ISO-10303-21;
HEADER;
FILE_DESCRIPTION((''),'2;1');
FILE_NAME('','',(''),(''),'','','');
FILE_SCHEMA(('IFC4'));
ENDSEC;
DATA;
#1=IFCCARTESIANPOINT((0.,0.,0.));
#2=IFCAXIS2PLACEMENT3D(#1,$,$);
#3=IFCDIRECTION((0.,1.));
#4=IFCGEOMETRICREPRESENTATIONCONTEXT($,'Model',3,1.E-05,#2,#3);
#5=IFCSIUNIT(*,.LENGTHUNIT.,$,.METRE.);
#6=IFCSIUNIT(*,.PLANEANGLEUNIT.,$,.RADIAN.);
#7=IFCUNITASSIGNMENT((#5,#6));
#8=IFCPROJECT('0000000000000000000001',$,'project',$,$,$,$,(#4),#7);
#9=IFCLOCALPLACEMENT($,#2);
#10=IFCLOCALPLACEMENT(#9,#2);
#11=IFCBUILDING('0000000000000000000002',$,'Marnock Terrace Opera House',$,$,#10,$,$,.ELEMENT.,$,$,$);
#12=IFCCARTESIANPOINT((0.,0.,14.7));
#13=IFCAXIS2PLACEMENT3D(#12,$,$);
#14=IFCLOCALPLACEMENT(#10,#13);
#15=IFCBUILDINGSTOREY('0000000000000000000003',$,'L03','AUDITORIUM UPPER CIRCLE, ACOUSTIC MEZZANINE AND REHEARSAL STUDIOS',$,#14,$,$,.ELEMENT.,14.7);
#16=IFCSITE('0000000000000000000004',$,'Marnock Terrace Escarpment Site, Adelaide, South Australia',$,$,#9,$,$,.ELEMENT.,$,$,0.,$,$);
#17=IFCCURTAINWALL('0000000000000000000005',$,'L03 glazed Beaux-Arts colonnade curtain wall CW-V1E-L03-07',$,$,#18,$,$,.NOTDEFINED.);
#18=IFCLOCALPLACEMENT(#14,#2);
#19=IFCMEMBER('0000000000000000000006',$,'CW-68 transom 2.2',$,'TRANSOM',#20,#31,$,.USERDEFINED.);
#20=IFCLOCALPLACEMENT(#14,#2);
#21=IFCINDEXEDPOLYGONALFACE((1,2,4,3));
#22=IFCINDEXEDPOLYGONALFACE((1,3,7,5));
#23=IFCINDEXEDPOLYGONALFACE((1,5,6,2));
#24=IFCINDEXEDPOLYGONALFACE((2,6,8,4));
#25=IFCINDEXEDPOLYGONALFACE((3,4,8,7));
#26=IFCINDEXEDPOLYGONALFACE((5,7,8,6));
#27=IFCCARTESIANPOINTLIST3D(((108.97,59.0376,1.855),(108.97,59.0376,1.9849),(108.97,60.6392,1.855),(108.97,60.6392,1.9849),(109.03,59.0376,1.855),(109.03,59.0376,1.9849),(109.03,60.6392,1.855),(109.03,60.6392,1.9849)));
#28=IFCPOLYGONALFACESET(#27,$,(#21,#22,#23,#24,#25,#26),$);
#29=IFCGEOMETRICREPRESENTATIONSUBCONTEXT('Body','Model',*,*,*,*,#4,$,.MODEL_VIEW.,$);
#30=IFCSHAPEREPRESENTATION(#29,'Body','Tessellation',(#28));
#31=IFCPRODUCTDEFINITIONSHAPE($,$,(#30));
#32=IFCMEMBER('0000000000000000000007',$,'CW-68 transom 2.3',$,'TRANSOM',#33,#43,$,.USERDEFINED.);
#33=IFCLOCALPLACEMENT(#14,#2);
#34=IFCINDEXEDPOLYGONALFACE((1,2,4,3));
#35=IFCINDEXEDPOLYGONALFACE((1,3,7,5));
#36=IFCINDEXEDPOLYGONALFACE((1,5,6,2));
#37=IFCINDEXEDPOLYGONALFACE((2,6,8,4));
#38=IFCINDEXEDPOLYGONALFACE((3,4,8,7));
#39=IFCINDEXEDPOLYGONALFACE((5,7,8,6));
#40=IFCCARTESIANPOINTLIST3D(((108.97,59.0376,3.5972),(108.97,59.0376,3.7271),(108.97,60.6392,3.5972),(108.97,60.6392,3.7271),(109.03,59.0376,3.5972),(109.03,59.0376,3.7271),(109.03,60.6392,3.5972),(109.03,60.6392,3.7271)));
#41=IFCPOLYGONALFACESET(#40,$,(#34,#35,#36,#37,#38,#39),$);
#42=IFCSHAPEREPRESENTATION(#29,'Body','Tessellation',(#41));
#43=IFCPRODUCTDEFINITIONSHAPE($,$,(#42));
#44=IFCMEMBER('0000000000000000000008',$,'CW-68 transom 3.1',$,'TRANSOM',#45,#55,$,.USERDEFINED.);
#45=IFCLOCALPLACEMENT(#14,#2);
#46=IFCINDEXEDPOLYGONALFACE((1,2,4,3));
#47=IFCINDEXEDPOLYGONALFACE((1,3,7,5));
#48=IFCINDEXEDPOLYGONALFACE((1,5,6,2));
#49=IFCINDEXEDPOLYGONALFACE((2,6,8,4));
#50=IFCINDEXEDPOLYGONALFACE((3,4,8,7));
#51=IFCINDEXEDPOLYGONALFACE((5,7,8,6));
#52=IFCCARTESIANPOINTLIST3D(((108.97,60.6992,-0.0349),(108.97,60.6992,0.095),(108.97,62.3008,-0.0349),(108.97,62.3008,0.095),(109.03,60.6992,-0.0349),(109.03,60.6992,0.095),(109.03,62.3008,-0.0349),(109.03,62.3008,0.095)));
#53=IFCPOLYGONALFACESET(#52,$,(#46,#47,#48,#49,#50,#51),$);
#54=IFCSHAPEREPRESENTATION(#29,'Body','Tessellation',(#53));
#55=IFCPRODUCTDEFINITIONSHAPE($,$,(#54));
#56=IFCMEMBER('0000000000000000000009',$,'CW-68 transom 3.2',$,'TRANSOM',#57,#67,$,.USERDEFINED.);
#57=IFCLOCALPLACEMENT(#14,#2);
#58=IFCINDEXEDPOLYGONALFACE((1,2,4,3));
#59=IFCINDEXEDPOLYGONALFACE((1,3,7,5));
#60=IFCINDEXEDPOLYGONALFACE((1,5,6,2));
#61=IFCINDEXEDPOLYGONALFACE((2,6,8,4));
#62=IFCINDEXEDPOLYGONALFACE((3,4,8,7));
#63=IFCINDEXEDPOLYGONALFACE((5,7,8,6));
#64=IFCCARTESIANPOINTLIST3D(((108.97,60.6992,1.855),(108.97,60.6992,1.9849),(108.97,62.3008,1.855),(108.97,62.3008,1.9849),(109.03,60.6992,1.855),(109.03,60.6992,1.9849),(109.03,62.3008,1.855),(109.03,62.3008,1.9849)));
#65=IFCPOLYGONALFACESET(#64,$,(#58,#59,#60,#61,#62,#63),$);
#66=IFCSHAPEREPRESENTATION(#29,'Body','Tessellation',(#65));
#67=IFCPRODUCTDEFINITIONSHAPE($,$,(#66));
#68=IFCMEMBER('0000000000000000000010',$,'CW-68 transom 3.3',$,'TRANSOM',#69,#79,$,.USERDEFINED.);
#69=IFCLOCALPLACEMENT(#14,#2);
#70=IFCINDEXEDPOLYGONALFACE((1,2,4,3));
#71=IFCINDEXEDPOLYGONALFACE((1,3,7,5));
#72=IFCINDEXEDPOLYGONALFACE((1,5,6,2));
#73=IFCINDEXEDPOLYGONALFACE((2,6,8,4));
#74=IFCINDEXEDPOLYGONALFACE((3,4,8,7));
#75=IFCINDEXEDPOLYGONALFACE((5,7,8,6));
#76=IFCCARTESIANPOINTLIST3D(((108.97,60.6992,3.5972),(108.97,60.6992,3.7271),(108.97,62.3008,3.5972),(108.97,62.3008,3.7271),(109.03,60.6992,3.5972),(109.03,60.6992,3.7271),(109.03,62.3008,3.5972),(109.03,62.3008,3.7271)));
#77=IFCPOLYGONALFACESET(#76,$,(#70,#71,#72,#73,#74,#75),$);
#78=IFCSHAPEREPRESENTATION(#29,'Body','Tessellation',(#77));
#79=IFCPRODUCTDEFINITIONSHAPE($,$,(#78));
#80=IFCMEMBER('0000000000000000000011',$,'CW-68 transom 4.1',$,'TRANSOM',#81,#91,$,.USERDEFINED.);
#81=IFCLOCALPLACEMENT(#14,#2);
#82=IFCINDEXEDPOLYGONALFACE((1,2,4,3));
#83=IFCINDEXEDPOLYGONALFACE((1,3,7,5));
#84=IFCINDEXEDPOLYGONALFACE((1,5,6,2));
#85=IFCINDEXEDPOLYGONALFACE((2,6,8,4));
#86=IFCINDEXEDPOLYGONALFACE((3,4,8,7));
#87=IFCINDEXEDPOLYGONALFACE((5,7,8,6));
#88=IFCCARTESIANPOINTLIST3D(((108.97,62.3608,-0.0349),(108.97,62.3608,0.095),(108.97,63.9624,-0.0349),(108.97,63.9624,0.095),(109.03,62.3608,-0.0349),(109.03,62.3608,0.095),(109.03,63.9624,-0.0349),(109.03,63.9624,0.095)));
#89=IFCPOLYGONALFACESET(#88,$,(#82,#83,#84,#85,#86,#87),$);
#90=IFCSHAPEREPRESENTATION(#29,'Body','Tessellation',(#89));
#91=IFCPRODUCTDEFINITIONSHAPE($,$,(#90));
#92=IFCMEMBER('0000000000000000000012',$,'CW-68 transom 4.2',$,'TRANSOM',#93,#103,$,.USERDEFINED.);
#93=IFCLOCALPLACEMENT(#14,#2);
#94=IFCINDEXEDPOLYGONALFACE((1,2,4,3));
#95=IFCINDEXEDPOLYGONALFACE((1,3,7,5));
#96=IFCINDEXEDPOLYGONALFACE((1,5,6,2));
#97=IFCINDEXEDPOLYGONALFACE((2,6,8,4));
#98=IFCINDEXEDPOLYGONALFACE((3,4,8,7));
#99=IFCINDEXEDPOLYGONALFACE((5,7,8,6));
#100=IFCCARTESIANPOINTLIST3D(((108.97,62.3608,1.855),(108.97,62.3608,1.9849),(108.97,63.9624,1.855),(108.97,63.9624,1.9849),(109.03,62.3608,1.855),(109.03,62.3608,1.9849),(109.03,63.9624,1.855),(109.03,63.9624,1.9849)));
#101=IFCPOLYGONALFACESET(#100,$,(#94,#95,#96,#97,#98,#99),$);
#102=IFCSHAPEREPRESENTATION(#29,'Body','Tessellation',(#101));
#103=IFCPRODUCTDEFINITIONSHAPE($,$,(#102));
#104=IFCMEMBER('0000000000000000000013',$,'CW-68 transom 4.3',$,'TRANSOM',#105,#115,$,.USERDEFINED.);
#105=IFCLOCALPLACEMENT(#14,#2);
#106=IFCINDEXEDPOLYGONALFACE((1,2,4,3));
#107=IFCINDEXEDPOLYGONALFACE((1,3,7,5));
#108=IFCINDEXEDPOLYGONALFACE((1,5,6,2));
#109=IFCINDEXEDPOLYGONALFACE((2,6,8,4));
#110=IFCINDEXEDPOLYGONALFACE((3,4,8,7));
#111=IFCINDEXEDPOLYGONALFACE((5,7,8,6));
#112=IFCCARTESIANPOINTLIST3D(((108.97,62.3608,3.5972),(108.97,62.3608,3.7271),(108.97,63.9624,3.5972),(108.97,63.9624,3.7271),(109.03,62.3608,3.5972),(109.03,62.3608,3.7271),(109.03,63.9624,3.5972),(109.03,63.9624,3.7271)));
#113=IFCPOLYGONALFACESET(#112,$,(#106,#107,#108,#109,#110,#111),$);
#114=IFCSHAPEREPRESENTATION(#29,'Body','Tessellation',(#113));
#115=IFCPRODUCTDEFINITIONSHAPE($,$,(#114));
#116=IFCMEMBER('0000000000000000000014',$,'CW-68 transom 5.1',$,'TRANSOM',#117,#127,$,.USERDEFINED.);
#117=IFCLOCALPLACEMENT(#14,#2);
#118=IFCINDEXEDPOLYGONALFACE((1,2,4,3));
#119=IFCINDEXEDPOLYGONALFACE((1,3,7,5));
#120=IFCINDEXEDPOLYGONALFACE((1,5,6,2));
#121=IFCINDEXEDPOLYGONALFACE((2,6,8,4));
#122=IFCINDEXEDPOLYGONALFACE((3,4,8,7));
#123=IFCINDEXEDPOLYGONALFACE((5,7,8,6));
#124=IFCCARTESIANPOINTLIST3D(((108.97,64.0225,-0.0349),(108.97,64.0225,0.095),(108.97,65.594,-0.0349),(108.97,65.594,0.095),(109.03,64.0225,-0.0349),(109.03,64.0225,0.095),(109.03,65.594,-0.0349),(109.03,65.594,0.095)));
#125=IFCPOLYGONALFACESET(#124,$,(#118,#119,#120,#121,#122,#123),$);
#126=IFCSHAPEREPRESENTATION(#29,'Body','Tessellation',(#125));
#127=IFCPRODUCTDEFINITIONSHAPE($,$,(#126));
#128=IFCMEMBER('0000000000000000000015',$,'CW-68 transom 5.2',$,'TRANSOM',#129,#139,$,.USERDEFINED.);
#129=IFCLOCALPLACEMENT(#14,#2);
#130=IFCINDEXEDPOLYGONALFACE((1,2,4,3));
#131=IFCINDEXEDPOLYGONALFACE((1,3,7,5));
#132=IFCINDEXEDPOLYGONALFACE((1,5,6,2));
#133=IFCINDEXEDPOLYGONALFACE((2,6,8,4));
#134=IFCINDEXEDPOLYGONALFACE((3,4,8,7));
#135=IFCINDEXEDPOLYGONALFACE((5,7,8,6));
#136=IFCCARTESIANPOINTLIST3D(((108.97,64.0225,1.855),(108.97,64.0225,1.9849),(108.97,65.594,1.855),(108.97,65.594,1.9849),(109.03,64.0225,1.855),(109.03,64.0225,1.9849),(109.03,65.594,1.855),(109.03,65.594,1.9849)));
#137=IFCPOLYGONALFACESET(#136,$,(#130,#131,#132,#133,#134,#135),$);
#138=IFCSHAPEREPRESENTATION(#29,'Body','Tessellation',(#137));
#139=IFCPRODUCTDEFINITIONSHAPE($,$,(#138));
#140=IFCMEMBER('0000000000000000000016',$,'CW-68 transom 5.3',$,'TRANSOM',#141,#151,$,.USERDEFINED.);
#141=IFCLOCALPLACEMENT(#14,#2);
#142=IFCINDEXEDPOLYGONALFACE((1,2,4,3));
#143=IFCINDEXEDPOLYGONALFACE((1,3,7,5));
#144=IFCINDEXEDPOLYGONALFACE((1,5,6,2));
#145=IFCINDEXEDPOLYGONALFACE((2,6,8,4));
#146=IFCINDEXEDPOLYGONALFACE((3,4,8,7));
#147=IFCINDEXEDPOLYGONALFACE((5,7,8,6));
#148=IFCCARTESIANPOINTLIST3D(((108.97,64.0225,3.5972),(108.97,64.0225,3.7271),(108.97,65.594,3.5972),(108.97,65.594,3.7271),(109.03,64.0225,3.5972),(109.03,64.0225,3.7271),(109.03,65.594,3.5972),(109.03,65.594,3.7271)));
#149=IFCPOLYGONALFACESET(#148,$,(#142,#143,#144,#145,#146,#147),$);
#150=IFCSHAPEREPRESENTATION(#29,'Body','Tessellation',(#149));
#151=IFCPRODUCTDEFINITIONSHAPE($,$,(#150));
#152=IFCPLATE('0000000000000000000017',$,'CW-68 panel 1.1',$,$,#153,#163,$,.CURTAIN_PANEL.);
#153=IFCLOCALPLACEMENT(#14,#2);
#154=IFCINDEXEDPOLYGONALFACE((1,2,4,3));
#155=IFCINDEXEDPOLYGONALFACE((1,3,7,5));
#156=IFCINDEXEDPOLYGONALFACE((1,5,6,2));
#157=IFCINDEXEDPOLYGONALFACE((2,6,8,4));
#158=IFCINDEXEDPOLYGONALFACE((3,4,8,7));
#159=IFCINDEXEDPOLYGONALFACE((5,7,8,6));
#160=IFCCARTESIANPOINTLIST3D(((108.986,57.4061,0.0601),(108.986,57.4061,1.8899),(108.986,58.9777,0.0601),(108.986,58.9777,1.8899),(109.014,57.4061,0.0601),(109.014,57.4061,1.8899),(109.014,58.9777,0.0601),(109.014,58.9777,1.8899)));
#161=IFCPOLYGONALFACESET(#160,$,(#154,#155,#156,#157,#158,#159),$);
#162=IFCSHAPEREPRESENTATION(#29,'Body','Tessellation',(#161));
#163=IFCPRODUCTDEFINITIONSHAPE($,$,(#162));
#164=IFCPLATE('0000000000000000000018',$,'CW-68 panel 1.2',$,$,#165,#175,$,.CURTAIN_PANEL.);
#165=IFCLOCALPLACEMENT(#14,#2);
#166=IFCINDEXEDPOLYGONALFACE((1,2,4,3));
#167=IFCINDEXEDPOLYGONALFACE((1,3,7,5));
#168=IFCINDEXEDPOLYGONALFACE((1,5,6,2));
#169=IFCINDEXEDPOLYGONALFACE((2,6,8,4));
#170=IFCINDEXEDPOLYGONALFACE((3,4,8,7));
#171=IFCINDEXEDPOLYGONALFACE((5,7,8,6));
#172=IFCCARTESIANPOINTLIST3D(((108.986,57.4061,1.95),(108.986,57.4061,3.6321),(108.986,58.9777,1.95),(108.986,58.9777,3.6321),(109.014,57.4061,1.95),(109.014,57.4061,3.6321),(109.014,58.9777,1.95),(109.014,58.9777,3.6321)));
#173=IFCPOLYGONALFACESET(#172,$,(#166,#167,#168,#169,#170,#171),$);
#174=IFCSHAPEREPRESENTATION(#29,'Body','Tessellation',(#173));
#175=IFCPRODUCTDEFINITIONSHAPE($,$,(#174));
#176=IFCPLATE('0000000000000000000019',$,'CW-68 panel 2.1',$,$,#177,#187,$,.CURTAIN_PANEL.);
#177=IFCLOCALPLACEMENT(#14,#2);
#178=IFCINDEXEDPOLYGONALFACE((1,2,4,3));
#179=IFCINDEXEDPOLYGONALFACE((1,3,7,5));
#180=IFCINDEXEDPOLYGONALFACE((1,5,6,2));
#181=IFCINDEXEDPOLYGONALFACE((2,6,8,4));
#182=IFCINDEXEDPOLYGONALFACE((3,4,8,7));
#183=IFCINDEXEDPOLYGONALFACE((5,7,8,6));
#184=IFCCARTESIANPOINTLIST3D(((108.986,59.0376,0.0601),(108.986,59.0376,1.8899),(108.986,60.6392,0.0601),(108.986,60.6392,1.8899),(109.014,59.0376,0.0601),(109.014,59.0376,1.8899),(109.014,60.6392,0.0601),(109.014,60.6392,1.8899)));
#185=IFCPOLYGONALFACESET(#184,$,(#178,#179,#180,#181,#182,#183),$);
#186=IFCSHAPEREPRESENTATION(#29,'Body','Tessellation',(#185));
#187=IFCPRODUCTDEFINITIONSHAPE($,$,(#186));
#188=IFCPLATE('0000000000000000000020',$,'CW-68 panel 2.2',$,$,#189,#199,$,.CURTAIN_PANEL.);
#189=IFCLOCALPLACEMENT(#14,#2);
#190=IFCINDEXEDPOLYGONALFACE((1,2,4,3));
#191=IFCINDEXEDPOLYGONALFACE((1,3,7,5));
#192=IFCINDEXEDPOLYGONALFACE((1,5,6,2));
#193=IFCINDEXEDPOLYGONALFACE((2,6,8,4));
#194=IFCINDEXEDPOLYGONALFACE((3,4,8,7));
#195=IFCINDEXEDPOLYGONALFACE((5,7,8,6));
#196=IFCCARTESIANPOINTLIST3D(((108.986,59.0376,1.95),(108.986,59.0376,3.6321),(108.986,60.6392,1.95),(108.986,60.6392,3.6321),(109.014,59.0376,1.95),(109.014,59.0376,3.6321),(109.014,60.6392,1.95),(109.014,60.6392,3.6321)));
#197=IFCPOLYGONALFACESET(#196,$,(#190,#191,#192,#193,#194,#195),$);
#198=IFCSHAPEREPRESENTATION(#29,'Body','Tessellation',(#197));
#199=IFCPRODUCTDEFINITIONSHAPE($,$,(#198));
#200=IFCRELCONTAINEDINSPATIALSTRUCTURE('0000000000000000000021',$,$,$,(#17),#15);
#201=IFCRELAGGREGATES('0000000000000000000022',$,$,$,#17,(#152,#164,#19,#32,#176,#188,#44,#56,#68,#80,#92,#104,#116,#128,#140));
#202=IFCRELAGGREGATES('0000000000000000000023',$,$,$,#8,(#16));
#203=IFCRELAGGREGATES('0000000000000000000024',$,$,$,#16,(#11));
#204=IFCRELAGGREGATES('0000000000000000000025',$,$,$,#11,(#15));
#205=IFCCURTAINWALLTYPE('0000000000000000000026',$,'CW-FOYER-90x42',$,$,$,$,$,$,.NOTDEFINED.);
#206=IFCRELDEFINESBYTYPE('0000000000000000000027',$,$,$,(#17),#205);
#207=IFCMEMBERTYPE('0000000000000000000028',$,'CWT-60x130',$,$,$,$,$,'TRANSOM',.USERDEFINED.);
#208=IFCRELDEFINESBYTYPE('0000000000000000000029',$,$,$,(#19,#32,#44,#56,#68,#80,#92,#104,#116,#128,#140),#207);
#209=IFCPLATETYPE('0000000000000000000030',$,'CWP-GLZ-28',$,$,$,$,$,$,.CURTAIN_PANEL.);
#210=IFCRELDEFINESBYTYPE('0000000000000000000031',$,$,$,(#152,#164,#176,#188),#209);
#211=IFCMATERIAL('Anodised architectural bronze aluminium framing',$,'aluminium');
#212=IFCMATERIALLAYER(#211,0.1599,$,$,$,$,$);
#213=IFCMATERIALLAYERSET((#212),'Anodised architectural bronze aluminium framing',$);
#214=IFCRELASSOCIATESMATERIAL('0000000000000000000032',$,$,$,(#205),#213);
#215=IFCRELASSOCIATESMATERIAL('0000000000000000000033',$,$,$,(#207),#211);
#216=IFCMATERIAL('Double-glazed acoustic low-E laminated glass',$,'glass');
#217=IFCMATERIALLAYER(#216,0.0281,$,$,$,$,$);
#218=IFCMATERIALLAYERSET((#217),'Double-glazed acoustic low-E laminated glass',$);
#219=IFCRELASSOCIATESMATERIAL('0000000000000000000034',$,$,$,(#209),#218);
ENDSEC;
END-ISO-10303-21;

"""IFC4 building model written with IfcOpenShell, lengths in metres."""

from ifc_helpers import new_model, si_unit, direction, frame, origin, origin_2d, place, context, subcontext, project, spatial, rectangle, extrude, material, layer, layer_set, material_profile, profile_set, type_object, element, aggregate, save


model = new_model("IFC4")

# Units and contexts
model_context = context("Model", 3, precision=1e-05, world=origin(), true_north=direction((0.0, 1.0)))
body_context = subcontext(model_context, "Body", "Model", "MODEL_VIEW")
ifc_project = project(units=[si_unit("LENGTHUNIT", "METRE"), si_unit("PLANEANGLEUNIT", "RADIAN")], contexts=[model_context])

# Site, building, storey
site_placement = place(None, origin())
site = spatial("IfcSite", under=ifc_project, at=site_placement, Name="Marnock Terrace Escarpment Site, Adelaide, South Australia", CompositionType="ELEMENT", RefElevation=0.0)
building_placement = place(site_placement, origin())
building = spatial("IfcBuilding", under=site, at=building_placement, Name="Marnock Terrace Opera House", CompositionType="ELEMENT")
storey_placement = place(building_placement, frame((0.0, 0.0, 14.7)))
storey = spatial("IfcBuildingStorey", under=building, at=storey_placement, Name="L03", Description="AUDITORIUM UPPER CIRCLE, ACOUSTIC MEZZANINE AND REHEARSAL STUDIOS", CompositionType="ELEMENT", Elevation=14.7)

# Shared definitions
ifc_material_1 = material(Name="Anodised architectural bronze aluminium framing", Category="aluminium")
ifc_layer_1 = layer(ifc_material_1, 0.1599)
ifc_layer_set_1 = layer_set([ifc_layer_1], Name="Anodised architectural bronze aluminium framing")
curtain_wall_type = type_object("IfcCurtainWallType", Name="CW-FOYER-90x42", PredefinedType="NOTDEFINED", material=ifc_layer_set_1)

# Curtain wall, members, plates
curtain_wall_1_placement = place(storey_placement, origin())
curtain_wall_1 = element("IfcCurtainWall", 1, at=curtain_wall_1_placement, inside=storey, type_object=curtain_wall_type, Name="L03 glazed Beaux-Arts colonnade curtain wall CW-V1E-L03-07", PredefinedType="NOTDEFINED")
ifc_material_profile_1 = material_profile(ifc_material_1, rectangle(XDim=0.0601, YDim=0.1299, at=origin_2d()))
ifc_profile_set_1 = profile_set([ifc_material_profile_1], Name="Anodised architectural bronze aluminium framing")
member_type_1 = type_object("IfcMemberType", Name="CWT-60x130", ElementType="TRANSOM", PredefinedType="USERDEFINED", material=ifc_profile_set_1)
member_1_placement = place(storey_placement, frame((109.0, 59.0376, 1.9199), z_axis=(0.0, 1.0, 0.0), x_axis=(-1.0, 0.0, 0.0)))
member_1 = element("IfcMember", 2, at=member_1_placement, type_object=member_type_1, Name="CW-68 transom 2.2", ObjectType="TRANSOM", PredefinedType="USERDEFINED", context=body_context, shape_type="SweptSolid", body=[
    extrude(rectangle(XDim=0.0601, YDim=0.1299, at=origin_2d()), origin(), (0.0, 0.0, 1.0), 1.6016),
])
member_2_placement = place(storey_placement, frame((109.0, 59.0376, 3.6621), z_axis=(0.0, 1.0, 0.0), x_axis=(-1.0, 0.0, 0.0)))
member_2 = element("IfcMember", 3, at=member_2_placement, type_object=member_type_1, Name="CW-68 transom 2.3", ObjectType="TRANSOM", PredefinedType="USERDEFINED", context=body_context, shape_type="SweptSolid", body=[
    extrude(rectangle(XDim=0.0601, YDim=0.1299, at=origin_2d()), origin(), (0.0, 0.0, 1.0), 1.6016),
])
member_3_placement = place(storey_placement, frame((109.0, 60.6992, 0.03), z_axis=(0.0, 1.0, 0.0), x_axis=(-1.0, 0.0, 0.0)))
member_3 = element("IfcMember", 4, at=member_3_placement, type_object=member_type_1, Name="CW-68 transom 3.1", ObjectType="TRANSOM", PredefinedType="USERDEFINED", context=body_context, shape_type="SweptSolid", body=[
    extrude(rectangle(XDim=0.0601, YDim=0.1299, at=origin_2d()), origin(), (0.0, 0.0, 1.0), 1.6016),
])
member_4_placement = place(storey_placement, frame((109.0, 60.6992, 1.9199), z_axis=(0.0, 1.0, 0.0), x_axis=(-1.0, 0.0, 0.0)))
member_4 = element("IfcMember", 5, at=member_4_placement, type_object=member_type_1, Name="CW-68 transom 3.2", ObjectType="TRANSOM", PredefinedType="USERDEFINED", context=body_context, shape_type="SweptSolid", body=[
    extrude(rectangle(XDim=0.0601, YDim=0.1299, at=origin_2d()), origin(), (0.0, 0.0, 1.0), 1.6016),
])
member_5_placement = place(storey_placement, frame((109.0, 60.6992, 3.6621), z_axis=(0.0, 1.0, 0.0), x_axis=(-1.0, 0.0, 0.0)))
member_5 = element("IfcMember", 6, at=member_5_placement, type_object=member_type_1, Name="CW-68 transom 3.3", ObjectType="TRANSOM", PredefinedType="USERDEFINED", context=body_context, shape_type="SweptSolid", body=[
    extrude(rectangle(XDim=0.0601, YDim=0.1299, at=origin_2d()), origin(), (0.0, 0.0, 1.0), 1.6016),
])
member_6_placement = place(storey_placement, frame((109.0, 62.3608, 0.03), z_axis=(0.0, 1.0, 0.0), x_axis=(-1.0, 0.0, 0.0)))
member_6 = element("IfcMember", 7, at=member_6_placement, type_object=member_type_1, Name="CW-68 transom 4.1", ObjectType="TRANSOM", PredefinedType="USERDEFINED", context=body_context, shape_type="SweptSolid", body=[
    extrude(rectangle(XDim=0.0601, YDim=0.1299, at=origin_2d()), origin(), (0.0, 0.0, 1.0), 1.6016),
])
member_7_placement = place(storey_placement, frame((109.0, 62.3608, 1.9199), z_axis=(0.0, 1.0, 0.0), x_axis=(-1.0, 0.0, 0.0)))
member_7 = element("IfcMember", 8, at=member_7_placement, type_object=member_type_1, Name="CW-68 transom 4.2", ObjectType="TRANSOM", PredefinedType="USERDEFINED", context=body_context, shape_type="SweptSolid", body=[
    extrude(rectangle(XDim=0.0601, YDim=0.1299, at=origin_2d()), origin(), (0.0, 0.0, 1.0), 1.6016),
])
member_8_placement = place(storey_placement, frame((109.0, 62.3608, 3.6621), z_axis=(0.0, 1.0, 0.0), x_axis=(-1.0, 0.0, 0.0)))
member_8 = element("IfcMember", 9, at=member_8_placement, type_object=member_type_1, Name="CW-68 transom 4.3", ObjectType="TRANSOM", PredefinedType="USERDEFINED", context=body_context, shape_type="SweptSolid", body=[
    extrude(rectangle(XDim=0.0601, YDim=0.1299, at=origin_2d()), origin(), (0.0, 0.0, 1.0), 1.6016),
])
member_9_placement = place(storey_placement, frame((109.0, 64.0225, 0.03), z_axis=(0.0, 1.0, 0.0), x_axis=(-1.0, 0.0, 0.0)))
member_9 = element("IfcMember", 10, at=member_9_placement, type_object=member_type_1, Name="CW-68 transom 5.1", ObjectType="TRANSOM", PredefinedType="USERDEFINED", context=body_context, shape_type="SweptSolid", body=[
    extrude(rectangle(XDim=0.0601, YDim=0.1299, at=origin_2d()), origin(), (0.0, 0.0, 1.0), 1.5715),
])
member_10_placement = place(storey_placement, frame((109.0, 64.0225, 1.9199), z_axis=(0.0, 1.0, 0.0), x_axis=(-1.0, 0.0, 0.0)))
member_10 = element("IfcMember", 11, at=member_10_placement, type_object=member_type_1, Name="CW-68 transom 5.2", ObjectType="TRANSOM", PredefinedType="USERDEFINED", context=body_context, shape_type="SweptSolid", body=[
    extrude(rectangle(XDim=0.0601, YDim=0.1299, at=origin_2d()), origin(), (0.0, 0.0, 1.0), 1.5715),
])
member_11_placement = place(storey_placement, frame((109.0, 64.0225, 3.6621), z_axis=(0.0, 1.0, 0.0), x_axis=(-1.0, 0.0, 0.0)))
member_11 = element("IfcMember", 12, at=member_11_placement, type_object=member_type_1, Name="CW-68 transom 5.3", ObjectType="TRANSOM", PredefinedType="USERDEFINED", context=body_context, shape_type="SweptSolid", body=[
    extrude(rectangle(XDim=0.0601, YDim=0.1299, at=origin_2d()), origin(), (0.0, 0.0, 1.0), 1.5715),
])
ifc_material_2 = material(Name="Double-glazed acoustic low-E laminated glass", Category="glass")
ifc_layer_2 = layer(ifc_material_2, 0.0281)
ifc_layer_set_2 = layer_set([ifc_layer_2], Name="Double-glazed acoustic low-E laminated glass")
plate_type = type_object("IfcPlateType", Name="CWP-GLZ-28", PredefinedType="CURTAIN_PANEL", material=ifc_layer_set_2)
plate_1_placement = place(storey_placement, frame((109.0, 58.1919, 0.0601), z_axis=(0.0, 0.0, 1.0), x_axis=(0.0, 1.0, 0.0)))
plate_1 = element("IfcPlate", 13, at=plate_1_placement, type_object=plate_type, Name="CW-68 panel 1.1", PredefinedType="CURTAIN_PANEL", context=body_context, shape_type="SweptSolid", body=[
    extrude(rectangle(XDim=1.5715, YDim=0.0281, at=origin_2d()), origin(), (0.0, 0.0, 1.0), 1.8298),
])
plate_2_placement = place(storey_placement, frame((109.0, 58.1919, 1.95), z_axis=(0.0, 0.0, 1.0), x_axis=(0.0, 1.0, 0.0)))
plate_2 = element("IfcPlate", 14, at=plate_2_placement, type_object=plate_type, Name="CW-68 panel 1.2", PredefinedType="CURTAIN_PANEL", context=body_context, shape_type="SweptSolid", body=[
    extrude(rectangle(XDim=1.5715, YDim=0.0281, at=origin_2d()), origin(), (0.0, 0.0, 1.0), 1.6821),
])
plate_3_placement = place(storey_placement, frame((109.0, 59.8384, 0.0601), z_axis=(0.0, 0.0, 1.0), x_axis=(0.0, 1.0, 0.0)))
plate_3 = element("IfcPlate", 15, at=plate_3_placement, type_object=plate_type, Name="CW-68 panel 2.1", PredefinedType="CURTAIN_PANEL", context=body_context, shape_type="SweptSolid", body=[
    extrude(rectangle(XDim=1.6016, YDim=0.0281, at=origin_2d()), origin(), (0.0, 0.0, 1.0), 1.8298),
])
plate_4_placement = place(storey_placement, frame((109.0, 59.8384, 1.95), z_axis=(0.0, 0.0, 1.0), x_axis=(0.0, 1.0, 0.0)))
plate_4 = element("IfcPlate", 16, at=plate_4_placement, type_object=plate_type, Name="CW-68 panel 2.2", PredefinedType="CURTAIN_PANEL", context=body_context, shape_type="SweptSolid", body=[
    extrude(rectangle(XDim=1.6016, YDim=0.0281, at=origin_2d()), origin(), (0.0, 0.0, 1.0), 1.6821),
])
aggregate(curtain_wall_1, [plate_1, plate_2, member_1, member_2, plate_3, plate_4, member_3, member_4, member_5, member_6, member_7, member_8, member_9, member_10, member_11])

save(model, "model.ifc")
